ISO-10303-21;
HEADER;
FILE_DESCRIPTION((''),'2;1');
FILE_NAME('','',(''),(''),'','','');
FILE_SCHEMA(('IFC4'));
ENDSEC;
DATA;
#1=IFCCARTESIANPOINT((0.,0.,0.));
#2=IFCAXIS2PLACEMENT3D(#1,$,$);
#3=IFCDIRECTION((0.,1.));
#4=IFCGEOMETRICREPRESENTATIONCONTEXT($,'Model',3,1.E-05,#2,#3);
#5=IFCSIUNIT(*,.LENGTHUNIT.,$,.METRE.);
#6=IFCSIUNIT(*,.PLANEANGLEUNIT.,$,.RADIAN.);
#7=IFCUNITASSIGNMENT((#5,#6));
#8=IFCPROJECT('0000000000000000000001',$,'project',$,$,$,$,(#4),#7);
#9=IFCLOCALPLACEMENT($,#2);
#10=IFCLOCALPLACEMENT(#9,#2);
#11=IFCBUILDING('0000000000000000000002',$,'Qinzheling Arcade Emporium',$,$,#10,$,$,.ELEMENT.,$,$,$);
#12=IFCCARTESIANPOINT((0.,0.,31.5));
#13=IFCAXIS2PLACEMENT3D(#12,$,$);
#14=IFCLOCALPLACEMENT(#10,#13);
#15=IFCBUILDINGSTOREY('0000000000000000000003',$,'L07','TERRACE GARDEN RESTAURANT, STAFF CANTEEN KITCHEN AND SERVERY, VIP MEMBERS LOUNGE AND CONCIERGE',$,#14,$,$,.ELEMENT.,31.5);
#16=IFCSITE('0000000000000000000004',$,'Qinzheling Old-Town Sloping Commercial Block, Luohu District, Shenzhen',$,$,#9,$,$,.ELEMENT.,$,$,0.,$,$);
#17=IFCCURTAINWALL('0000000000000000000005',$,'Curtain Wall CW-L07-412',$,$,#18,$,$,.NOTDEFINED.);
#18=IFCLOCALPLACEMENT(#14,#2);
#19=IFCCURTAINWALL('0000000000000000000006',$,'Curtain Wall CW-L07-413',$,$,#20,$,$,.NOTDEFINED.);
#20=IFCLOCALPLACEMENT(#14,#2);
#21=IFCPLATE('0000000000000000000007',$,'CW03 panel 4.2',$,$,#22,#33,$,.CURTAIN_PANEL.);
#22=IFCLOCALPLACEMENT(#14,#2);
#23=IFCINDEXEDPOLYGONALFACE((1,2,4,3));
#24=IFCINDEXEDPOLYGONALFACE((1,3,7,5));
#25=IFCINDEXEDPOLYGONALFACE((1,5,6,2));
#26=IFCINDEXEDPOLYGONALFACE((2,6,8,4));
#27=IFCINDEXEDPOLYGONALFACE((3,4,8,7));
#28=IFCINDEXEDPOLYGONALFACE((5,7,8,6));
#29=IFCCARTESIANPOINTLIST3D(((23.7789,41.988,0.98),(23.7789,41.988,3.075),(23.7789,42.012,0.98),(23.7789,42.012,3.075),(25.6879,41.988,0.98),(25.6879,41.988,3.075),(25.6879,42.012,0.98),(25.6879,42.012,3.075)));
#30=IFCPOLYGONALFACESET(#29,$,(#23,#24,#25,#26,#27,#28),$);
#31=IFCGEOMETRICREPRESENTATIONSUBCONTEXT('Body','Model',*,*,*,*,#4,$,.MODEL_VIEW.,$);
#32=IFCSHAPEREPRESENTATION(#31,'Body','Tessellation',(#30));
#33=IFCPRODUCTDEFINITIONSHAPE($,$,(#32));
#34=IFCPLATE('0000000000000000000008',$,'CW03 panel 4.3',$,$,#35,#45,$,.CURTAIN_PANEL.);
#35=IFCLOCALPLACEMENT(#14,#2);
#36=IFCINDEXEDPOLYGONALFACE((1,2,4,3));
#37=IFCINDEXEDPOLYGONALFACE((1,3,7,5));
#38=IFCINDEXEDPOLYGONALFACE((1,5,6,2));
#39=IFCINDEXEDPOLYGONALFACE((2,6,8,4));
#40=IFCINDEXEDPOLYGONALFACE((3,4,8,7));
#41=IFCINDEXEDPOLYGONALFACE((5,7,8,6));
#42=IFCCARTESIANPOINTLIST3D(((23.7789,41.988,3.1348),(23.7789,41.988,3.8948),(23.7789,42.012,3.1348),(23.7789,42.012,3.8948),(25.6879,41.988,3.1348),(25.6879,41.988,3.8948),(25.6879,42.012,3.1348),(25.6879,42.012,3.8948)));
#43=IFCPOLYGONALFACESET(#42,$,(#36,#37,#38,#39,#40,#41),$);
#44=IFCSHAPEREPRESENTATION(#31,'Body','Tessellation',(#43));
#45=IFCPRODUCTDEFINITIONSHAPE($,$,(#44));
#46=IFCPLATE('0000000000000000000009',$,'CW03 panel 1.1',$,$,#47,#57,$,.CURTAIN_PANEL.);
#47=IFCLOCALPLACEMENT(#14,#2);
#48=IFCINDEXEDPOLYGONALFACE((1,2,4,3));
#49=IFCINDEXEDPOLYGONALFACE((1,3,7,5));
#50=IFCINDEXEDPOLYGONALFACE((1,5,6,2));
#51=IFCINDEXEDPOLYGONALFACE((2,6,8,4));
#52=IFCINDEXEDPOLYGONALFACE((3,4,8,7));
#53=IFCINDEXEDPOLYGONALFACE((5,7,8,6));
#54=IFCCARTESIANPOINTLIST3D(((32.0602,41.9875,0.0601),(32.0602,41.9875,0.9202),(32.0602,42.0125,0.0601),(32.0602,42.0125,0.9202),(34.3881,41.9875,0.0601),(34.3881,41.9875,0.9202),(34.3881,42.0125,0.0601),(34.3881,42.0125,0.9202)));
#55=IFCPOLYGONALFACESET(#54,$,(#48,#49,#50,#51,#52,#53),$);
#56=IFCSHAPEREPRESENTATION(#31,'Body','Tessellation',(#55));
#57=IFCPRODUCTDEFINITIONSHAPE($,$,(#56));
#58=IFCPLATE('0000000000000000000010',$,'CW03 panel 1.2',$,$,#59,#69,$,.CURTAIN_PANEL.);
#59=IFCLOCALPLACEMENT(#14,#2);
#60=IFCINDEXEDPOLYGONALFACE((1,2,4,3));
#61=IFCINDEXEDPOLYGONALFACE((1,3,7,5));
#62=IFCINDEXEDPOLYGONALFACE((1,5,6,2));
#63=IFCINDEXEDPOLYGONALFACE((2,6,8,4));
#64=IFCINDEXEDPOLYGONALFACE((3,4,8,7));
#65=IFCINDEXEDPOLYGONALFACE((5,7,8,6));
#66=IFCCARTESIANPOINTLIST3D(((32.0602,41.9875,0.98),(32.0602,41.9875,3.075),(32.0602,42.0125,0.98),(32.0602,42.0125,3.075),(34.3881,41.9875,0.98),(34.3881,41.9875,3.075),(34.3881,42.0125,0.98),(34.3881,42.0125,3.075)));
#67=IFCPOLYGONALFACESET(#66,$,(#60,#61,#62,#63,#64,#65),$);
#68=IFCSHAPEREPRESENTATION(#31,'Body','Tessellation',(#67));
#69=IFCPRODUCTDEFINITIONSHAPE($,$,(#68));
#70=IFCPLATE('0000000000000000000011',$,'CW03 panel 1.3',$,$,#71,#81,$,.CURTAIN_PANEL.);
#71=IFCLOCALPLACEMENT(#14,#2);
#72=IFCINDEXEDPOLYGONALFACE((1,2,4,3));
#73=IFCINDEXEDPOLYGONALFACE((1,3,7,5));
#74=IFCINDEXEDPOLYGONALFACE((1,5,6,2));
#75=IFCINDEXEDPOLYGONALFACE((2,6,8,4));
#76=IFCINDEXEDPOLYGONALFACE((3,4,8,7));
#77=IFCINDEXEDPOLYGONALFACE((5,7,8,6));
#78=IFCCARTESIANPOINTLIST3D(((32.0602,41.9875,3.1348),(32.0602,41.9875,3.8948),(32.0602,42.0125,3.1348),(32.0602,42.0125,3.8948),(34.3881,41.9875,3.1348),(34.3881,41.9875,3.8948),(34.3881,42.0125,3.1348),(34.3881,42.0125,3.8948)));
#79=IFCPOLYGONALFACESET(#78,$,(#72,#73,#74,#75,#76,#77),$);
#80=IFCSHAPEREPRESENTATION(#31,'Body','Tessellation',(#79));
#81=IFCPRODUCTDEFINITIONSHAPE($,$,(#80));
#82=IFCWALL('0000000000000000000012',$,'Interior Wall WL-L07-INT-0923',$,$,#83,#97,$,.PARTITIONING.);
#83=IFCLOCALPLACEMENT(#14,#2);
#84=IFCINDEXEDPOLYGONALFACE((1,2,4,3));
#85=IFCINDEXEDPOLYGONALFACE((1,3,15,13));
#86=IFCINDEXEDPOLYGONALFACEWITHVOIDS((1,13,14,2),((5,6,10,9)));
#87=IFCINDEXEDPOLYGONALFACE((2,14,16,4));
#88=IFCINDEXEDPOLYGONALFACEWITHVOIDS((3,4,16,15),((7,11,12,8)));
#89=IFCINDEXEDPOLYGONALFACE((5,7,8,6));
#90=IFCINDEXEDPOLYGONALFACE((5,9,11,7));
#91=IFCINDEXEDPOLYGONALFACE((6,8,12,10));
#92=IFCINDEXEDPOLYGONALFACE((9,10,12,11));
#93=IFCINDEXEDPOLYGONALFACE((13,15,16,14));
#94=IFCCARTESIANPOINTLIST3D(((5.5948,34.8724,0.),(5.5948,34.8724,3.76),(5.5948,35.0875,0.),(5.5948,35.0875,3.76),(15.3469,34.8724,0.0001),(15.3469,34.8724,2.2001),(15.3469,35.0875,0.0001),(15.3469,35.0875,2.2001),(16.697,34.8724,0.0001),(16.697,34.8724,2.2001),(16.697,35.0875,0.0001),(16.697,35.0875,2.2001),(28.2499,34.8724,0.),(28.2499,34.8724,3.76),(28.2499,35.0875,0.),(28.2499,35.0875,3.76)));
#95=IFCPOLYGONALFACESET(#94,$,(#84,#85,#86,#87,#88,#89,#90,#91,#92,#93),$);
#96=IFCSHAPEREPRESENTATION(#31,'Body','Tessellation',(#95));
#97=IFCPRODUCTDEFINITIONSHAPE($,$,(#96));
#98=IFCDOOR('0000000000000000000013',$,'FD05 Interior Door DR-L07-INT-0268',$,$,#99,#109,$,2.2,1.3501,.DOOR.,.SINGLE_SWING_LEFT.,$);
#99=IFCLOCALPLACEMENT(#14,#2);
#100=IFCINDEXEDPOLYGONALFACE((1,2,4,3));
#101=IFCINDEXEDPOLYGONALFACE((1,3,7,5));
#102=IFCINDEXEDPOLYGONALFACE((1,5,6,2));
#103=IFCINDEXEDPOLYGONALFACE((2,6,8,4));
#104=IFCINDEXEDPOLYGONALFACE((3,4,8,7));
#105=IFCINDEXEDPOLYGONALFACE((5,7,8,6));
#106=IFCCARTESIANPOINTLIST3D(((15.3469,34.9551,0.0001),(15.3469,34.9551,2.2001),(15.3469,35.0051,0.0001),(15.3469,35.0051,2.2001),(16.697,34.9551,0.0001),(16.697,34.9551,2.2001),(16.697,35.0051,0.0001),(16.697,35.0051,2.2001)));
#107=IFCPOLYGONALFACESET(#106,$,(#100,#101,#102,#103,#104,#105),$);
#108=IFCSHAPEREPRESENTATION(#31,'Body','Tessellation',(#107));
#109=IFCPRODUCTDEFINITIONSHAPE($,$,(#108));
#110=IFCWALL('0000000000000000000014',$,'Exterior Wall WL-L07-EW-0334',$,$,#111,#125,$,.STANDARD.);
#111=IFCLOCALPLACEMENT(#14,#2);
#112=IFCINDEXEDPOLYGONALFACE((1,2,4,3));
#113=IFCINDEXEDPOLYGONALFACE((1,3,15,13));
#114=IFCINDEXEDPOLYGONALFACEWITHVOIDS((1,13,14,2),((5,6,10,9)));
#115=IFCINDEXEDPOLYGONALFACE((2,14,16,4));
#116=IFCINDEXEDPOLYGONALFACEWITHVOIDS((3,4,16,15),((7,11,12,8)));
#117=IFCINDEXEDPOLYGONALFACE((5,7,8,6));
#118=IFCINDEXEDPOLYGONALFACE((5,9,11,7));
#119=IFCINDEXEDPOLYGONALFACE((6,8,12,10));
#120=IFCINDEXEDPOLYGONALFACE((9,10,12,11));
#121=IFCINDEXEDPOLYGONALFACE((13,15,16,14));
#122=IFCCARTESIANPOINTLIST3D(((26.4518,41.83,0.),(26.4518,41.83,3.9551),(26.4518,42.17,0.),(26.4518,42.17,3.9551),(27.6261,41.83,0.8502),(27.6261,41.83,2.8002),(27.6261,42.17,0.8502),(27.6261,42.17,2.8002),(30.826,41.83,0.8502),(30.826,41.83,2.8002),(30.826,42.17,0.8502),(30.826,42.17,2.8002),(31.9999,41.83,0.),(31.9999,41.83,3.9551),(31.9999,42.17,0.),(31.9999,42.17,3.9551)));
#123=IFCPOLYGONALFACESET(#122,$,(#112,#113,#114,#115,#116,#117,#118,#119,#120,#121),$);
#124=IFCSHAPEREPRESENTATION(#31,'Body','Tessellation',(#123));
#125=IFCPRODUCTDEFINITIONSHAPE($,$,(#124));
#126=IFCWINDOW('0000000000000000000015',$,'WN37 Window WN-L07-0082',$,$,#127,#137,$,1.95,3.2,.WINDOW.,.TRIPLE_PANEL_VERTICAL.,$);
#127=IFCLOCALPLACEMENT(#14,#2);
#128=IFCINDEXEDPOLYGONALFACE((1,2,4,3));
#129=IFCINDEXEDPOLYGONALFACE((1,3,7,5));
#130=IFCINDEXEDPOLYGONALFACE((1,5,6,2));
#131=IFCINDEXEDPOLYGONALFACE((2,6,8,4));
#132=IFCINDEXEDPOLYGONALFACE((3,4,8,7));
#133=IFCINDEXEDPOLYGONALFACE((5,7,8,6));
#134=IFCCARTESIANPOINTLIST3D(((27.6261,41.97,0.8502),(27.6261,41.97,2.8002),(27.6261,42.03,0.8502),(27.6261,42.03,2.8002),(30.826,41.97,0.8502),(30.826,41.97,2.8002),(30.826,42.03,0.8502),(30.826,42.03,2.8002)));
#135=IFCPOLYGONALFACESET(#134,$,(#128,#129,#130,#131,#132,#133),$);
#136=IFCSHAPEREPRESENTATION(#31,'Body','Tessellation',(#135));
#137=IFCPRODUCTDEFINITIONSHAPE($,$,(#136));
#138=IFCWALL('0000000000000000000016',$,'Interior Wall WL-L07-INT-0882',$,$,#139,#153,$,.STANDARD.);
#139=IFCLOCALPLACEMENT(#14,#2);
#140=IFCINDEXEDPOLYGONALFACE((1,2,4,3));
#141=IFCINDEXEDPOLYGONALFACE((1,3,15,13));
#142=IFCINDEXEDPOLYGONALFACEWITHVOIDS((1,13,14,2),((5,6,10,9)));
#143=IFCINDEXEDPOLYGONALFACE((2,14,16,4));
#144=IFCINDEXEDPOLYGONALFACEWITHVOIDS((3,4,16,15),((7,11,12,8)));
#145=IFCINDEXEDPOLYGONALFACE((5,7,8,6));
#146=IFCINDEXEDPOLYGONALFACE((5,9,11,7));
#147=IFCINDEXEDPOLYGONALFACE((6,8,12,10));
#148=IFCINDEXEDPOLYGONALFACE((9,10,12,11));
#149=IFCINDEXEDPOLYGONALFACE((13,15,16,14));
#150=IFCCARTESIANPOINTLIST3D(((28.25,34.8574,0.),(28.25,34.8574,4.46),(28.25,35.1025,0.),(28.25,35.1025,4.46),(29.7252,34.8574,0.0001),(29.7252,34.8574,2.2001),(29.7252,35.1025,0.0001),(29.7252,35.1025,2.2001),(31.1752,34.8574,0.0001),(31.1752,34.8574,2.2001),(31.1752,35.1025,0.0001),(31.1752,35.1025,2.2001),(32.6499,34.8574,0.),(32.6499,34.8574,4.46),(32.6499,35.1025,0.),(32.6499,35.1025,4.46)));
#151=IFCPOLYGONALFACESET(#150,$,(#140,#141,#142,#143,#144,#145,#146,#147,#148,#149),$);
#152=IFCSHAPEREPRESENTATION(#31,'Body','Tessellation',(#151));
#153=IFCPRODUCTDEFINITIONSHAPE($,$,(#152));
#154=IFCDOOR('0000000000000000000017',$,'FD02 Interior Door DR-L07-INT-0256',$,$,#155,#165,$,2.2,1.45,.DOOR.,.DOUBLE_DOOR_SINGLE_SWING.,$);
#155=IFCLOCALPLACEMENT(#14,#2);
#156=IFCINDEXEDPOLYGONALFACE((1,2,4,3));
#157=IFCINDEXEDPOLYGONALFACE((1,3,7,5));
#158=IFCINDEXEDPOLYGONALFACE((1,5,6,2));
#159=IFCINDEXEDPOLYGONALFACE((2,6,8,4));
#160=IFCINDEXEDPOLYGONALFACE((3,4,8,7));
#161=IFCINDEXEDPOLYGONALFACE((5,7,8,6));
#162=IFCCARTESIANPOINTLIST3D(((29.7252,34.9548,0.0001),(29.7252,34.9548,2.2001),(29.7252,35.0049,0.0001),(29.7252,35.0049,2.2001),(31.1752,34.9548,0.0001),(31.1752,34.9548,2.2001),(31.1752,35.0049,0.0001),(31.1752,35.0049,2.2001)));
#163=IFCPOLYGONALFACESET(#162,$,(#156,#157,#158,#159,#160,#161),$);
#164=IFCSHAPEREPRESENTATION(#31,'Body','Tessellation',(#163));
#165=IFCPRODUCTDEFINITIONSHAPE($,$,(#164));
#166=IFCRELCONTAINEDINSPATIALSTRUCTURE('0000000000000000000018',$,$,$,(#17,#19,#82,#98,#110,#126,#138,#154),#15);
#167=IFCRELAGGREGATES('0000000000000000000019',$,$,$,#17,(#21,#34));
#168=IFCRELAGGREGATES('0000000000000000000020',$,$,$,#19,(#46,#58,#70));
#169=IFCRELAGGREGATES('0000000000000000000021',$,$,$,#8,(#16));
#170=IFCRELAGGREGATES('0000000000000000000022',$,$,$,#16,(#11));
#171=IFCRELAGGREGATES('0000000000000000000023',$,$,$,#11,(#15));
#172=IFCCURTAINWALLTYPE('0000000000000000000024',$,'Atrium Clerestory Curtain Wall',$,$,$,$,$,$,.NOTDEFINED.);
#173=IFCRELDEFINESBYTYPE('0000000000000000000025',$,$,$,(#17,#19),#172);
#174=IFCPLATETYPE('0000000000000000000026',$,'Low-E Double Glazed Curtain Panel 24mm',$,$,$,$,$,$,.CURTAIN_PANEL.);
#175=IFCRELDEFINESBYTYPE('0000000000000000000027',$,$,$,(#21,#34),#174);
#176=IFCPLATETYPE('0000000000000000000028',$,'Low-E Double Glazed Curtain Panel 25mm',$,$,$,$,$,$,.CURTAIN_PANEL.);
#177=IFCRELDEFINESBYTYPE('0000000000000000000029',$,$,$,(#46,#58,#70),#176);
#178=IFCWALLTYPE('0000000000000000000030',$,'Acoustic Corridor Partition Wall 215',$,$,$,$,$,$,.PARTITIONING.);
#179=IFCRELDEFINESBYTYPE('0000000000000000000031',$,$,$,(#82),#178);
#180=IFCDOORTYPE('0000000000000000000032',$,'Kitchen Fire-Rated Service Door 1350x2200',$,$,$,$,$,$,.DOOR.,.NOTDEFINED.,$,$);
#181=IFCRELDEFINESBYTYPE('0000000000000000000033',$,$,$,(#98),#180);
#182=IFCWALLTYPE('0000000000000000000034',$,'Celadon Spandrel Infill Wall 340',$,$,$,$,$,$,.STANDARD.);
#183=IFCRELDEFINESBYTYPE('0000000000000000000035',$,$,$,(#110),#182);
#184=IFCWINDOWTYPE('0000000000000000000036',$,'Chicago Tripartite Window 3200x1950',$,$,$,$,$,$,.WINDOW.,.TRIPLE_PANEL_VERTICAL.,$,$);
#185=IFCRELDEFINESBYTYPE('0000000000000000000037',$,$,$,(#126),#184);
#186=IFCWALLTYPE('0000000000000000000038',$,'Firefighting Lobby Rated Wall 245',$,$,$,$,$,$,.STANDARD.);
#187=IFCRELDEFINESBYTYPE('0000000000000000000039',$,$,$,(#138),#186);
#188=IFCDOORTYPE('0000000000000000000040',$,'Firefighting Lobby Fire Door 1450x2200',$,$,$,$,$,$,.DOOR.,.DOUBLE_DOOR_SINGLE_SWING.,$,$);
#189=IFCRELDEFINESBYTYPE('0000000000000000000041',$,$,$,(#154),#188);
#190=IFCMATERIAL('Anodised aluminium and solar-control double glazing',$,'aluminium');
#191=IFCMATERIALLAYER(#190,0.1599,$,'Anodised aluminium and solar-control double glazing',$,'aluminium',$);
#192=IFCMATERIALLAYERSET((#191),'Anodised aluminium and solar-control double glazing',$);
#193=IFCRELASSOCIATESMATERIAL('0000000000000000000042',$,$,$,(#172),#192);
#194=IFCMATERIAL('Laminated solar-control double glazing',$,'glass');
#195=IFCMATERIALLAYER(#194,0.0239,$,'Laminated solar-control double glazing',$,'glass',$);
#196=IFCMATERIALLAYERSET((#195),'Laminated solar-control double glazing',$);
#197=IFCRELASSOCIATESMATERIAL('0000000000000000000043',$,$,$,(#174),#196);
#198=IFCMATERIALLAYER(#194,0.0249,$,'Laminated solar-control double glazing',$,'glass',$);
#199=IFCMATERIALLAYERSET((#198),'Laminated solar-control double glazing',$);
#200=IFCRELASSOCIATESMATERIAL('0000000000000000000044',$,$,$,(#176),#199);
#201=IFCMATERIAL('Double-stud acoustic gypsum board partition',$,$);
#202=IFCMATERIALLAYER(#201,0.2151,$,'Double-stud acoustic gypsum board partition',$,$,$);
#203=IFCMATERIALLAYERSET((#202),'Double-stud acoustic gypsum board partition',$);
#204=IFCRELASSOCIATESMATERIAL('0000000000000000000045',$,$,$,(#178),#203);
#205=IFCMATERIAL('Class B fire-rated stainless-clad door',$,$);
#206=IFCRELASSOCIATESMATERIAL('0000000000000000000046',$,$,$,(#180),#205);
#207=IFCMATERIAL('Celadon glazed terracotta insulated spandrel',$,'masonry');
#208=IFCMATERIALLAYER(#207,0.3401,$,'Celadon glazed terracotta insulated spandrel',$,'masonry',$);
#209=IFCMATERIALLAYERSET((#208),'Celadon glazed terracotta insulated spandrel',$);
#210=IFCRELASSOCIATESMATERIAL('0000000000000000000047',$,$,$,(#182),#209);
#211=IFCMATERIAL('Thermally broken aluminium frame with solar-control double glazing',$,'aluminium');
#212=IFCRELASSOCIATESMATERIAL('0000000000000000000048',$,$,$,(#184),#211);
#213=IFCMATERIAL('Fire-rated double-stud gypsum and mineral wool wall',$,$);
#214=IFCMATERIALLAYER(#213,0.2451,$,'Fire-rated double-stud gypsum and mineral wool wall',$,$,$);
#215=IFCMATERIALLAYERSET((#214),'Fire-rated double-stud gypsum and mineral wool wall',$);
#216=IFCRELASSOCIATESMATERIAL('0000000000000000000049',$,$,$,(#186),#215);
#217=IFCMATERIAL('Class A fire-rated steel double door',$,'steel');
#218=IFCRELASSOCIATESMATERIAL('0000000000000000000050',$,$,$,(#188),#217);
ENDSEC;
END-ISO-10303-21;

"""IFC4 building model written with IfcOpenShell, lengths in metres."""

from ifc_helpers import new_model, si_unit, direction, frame, frame_2d, origin, origin_2d, place, context, subcontext, project, spatial, rectangle, extrude, material, layer, layer_set, type_object, element, fill, aggregate, save


model = new_model("IFC4")

# Units and contexts
model_context = context("Model", 3, precision=1e-05, world=origin(), true_north=direction((0.0, 1.0)))
body_context = subcontext(model_context, "Body", "Model", "MODEL_VIEW")
ifc_project = project(units=[si_unit("LENGTHUNIT", "METRE"), si_unit("PLANEANGLEUNIT", "RADIAN")], contexts=[model_context])

# Site, building, storey
site_placement = place(None, origin())
site = spatial("IfcSite", under=ifc_project, at=site_placement, Name="Qinzheling Old-Town Sloping Commercial Block, Luohu District, Shenzhen", CompositionType="ELEMENT", RefElevation=0.0)
building_placement = place(site_placement, origin())
building = spatial("IfcBuilding", under=site, at=building_placement, Name="Qinzheling Arcade Emporium", CompositionType="ELEMENT")
storey_placement = place(building_placement, frame((0.0, 0.0, 31.5)))
storey = spatial("IfcBuildingStorey", under=building, at=storey_placement, Name="L07", Description="TERRACE GARDEN RESTAURANT, STAFF CANTEEN KITCHEN AND SERVERY, VIP MEMBERS LOUNGE AND CONCIERGE", CompositionType="ELEMENT", Elevation=31.5)

# Curtain wall
ifc_material_1 = material(Name="Anodised aluminium and solar-control double glazing", Category="aluminium")
ifc_layer_1 = layer(ifc_material_1, 0.1599, Name="Anodised aluminium and solar-control double glazing", Category="aluminium")
ifc_layer_set_1 = layer_set([ifc_layer_1], Name="Anodised aluminium and solar-control double glazing")
curtain_wall_type = type_object("IfcCurtainWallType", Name="Atrium Clerestory Curtain Wall", PredefinedType="NOTDEFINED", material=ifc_layer_set_1)
curtain_wall_1_placement = place(storey_placement, origin())
curtain_wall_1 = element("IfcCurtainWall", 1, at=curtain_wall_1_placement, inside=storey, type_object=curtain_wall_type, Name="Curtain Wall CW-L07-412", PredefinedType="NOTDEFINED")

# Curtain wall
curtain_wall_2_placement = place(storey_placement, origin())
curtain_wall_2 = element("IfcCurtainWall", 2, at=curtain_wall_2_placement, inside=storey, type_object=curtain_wall_type, Name="Curtain Wall CW-L07-413", PredefinedType="NOTDEFINED")

# Plates
ifc_material_2 = material(Name="Laminated solar-control double glazing", Category="glass")
ifc_layer_2 = layer(ifc_material_2, 0.0239, Name="Laminated solar-control double glazing", Category="glass")
ifc_layer_set_2 = layer_set([ifc_layer_2], Name="Laminated solar-control double glazing")
plate_type_1 = type_object("IfcPlateType", Name="Low-E Double Glazed Curtain Panel 24mm", PredefinedType="CURTAIN_PANEL", material=ifc_layer_set_2)
plate_1_placement = place(storey_placement, frame((24.7334, 42.0, 0.98), z_axis=(0.0, 0.0, 1.0), x_axis=(1.0, 0.0, 0.0)))
plate_1 = element("IfcPlate", 3, at=plate_1_placement, type_object=plate_type_1, Name="CW03 panel 4.2", PredefinedType="CURTAIN_PANEL", context=body_context, shape_type="SweptSolid", body=[
    extrude(rectangle(XDim=1.9089, YDim=0.0239, at=origin_2d()), origin(), (0.0, 0.0, 1.0), 2.095),
])
plate_2_placement = place(storey_placement, frame((24.7334, 42.0, 3.1348), z_axis=(0.0, 0.0, 1.0), x_axis=(1.0, 0.0, 0.0)))
plate_2 = element("IfcPlate", 4, at=plate_2_placement, type_object=plate_type_1, Name="CW03 panel 4.3", PredefinedType="CURTAIN_PANEL", context=body_context, shape_type="SweptSolid", body=[
    extrude(rectangle(XDim=1.9089, YDim=0.0239, at=origin_2d()), origin(), (0.0, 0.0, 1.0), 0.76),
])
aggregate(curtain_wall_1, [plate_1, plate_2])
ifc_layer_3 = layer(ifc_material_2, 0.0249, Name="Laminated solar-control double glazing", Category="glass")
ifc_layer_set_3 = layer_set([ifc_layer_3], Name="Laminated solar-control double glazing")
plate_type_2 = type_object("IfcPlateType", Name="Low-E Double Glazed Curtain Panel 25mm", PredefinedType="CURTAIN_PANEL", material=ifc_layer_set_3)
plate_3_placement = place(storey_placement, frame((33.2241, 42.0, 0.0601), z_axis=(0.0, 0.0, 1.0), x_axis=(1.0, 0.0, 0.0)))
plate_3 = element("IfcPlate", 5, at=plate_3_placement, type_object=plate_type_2, Name="CW03 panel 1.1", PredefinedType="CURTAIN_PANEL", context=body_context, shape_type="SweptSolid", body=[
    extrude(rectangle(XDim=2.3279, YDim=0.0249, at=origin_2d()), origin(), (0.0, 0.0, 1.0), 0.8601),
])
plate_4_placement = place(storey_placement, frame((33.2241, 42.0, 0.98), z_axis=(0.0, 0.0, 1.0), x_axis=(1.0, 0.0, 0.0)))
plate_4 = element("IfcPlate", 6, at=plate_4_placement, type_object=plate_type_2, Name="CW03 panel 1.2", PredefinedType="CURTAIN_PANEL", context=body_context, shape_type="SweptSolid", body=[
    extrude(rectangle(XDim=2.3279, YDim=0.0249, at=origin_2d()), origin(), (0.0, 0.0, 1.0), 2.095),
])
plate_5_placement = place(storey_placement, frame((33.2241, 42.0, 3.1348), z_axis=(0.0, 0.0, 1.0), x_axis=(1.0, 0.0, 0.0)))
plate_5 = element("IfcPlate", 7, at=plate_5_placement, type_object=plate_type_2, Name="CW03 panel 1.3", PredefinedType="CURTAIN_PANEL", context=body_context, shape_type="SweptSolid", body=[
    extrude(rectangle(XDim=2.3279, YDim=0.0249, at=origin_2d()), origin(), (0.0, 0.0, 1.0), 0.76),
])
aggregate(curtain_wall_2, [plate_3, plate_4, plate_5])

# Wall, opening, door
ifc_material_3 = material(Name="Double-stud acoustic gypsum board partition")
ifc_layer_4 = layer(ifc_material_3, 0.2151, Name="Double-stud acoustic gypsum board partition")
ifc_layer_set_4 = layer_set([ifc_layer_4], Name="Double-stud acoustic gypsum board partition")
wall_type_1 = type_object("IfcWallType", Name="Acoustic Corridor Partition Wall 215", PredefinedType="PARTITIONING", material=ifc_layer_set_4)
wall_1_placement = place(storey_placement, frame((28.25, 34.98, 0.0), z_axis=(0.0, 0.0, 1.0), x_axis=(-1.0, 0.0, 0.0)))
wall_1 = element("IfcWall", 8, at=wall_1_placement, inside=storey, type_object=wall_type_1, Name="Interior Wall WL-L07-INT-0923", PredefinedType="PARTITIONING", context=body_context, shape_type="SweptSolid", body=[
    extrude(rectangle(XDim=22.655, YDim=0.2151, at=frame_2d((11.3276, 0.0))), origin(), (0.0, 0.0, 1.0), 3.76),
])
opening_1_placement = place(wall_1_placement, frame((11.553, 0.0, 0.0)))
opening_1 = element("IfcOpeningElement", 9, at=opening_1_placement, cuts=wall_1, PredefinedType="OPENING", context=body_context, shape_type="SweptSolid", body=[
    extrude(rectangle(XDim=1.3501, YDim=2.2, at=frame_2d((0.675, 1.1001))), frame((0.0, 0.1177, 0.0), z_axis=(0.0, -1.0, 0.0), x_axis=(1.0, 0.0, 0.0)), (0.0, 0.0, 1.0), 0.2351),
])
ifc_material_4 = material(Name="Class B fire-rated stainless-clad door")
door_type_1 = type_object("IfcDoorType", Name="Kitchen Fire-Rated Service Door 1350x2200", OperationType="NOTDEFINED", PredefinedType="DOOR", material=ifc_material_4)
door_1_placement = place(opening_1_placement, origin())
door_1 = element("IfcDoor", 10, at=door_1_placement, inside=storey, type_object=door_type_1, Name="FD05 Interior Door DR-L07-INT-0268", OperationType="SINGLE_SWING_LEFT", OverallHeight=2.2, OverallWidth=1.3501, PredefinedType="DOOR", context=body_context, shape_type="SweptSolid", body=[
    extrude(rectangle(XDim=1.3501, YDim=2.2, at=frame_2d((0.675, 1.1001))), frame((0.0, 0.0249, 0.0), z_axis=(0.0, -1.0, 0.0), x_axis=(1.0, 0.0, 0.0)), (0.0, 0.0, 1.0), 0.05),
])
fill(opening_1, door_1)

# Wall, opening, window
ifc_material_5 = material(Name="Celadon glazed terracotta insulated spandrel", Category="masonry")
ifc_layer_5 = layer(ifc_material_5, 0.3401, Name="Celadon glazed terracotta insulated spandrel", Category="masonry")
ifc_layer_set_5 = layer_set([ifc_layer_5], Name="Celadon glazed terracotta insulated spandrel")
wall_type_2 = type_object("IfcWallType", Name="Celadon Spandrel Infill Wall 340", PredefinedType="STANDARD", material=ifc_layer_set_5)
wall_2_placement = place(storey_placement, frame((26.4519, 42.0, 0.0), z_axis=(0.0, 0.0, 1.0), x_axis=(1.0, 0.0, 0.0)))
wall_2 = element("IfcWall", 11, at=wall_2_placement, inside=storey, type_object=wall_type_2, Name="Exterior Wall WL-L07-EW-0334", PredefinedType="STANDARD", context=body_context, shape_type="SweptSolid", body=[
    extrude(rectangle(XDim=5.5481, YDim=0.3401, at=frame_2d((2.7739, 0.0))), origin(), (0.0, 0.0, 1.0), 3.9551),
])
opening_2_placement = place(wall_2_placement, frame((1.1741, 0.0, 0.8501)))
opening_2 = element("IfcOpeningElement", 12, at=opening_2_placement, cuts=wall_2, PredefinedType="OPENING", context=body_context, shape_type="SweptSolid", body=[
    extrude(rectangle(XDim=3.2, YDim=1.95, at=frame_2d((1.6001, 0.9751))), frame((0.0, 0.1802, 0.0), z_axis=(0.0, -1.0, 0.0), x_axis=(1.0, 0.0, 0.0)), (0.0, 0.0, 1.0), 0.3601),
])
ifc_material_6 = material(Name="Thermally broken aluminium frame with solar-control double glazing", Category="aluminium")
window_type = type_object("IfcWindowType", Name="Chicago Tripartite Window 3200x1950", PartitioningType="TRIPLE_PANEL_VERTICAL", PredefinedType="WINDOW", material=ifc_material_6)
window_placement = place(opening_2_placement, origin())
window = element("IfcWindow", 13, at=window_placement, inside=storey, type_object=window_type, Name="WN37 Window WN-L07-0082", OverallHeight=1.95, OverallWidth=3.2, PartitioningType="TRIPLE_PANEL_VERTICAL", PredefinedType="WINDOW", context=body_context, shape_type="SweptSolid", body=[
    extrude(rectangle(XDim=3.2, YDim=1.95, at=frame_2d((1.6001, 0.9751))), frame((0.0, 0.03, 0.0), z_axis=(0.0, -1.0, 0.0), x_axis=(1.0, 0.0, 0.0)), (0.0, 0.0, 1.0), 0.0601),
])
fill(opening_2, window)

# Wall, opening, door
ifc_material_7 = material(Name="Fire-rated double-stud gypsum and mineral wool wall")
ifc_layer_6 = layer(ifc_material_7, 0.2451, Name="Fire-rated double-stud gypsum and mineral wool wall")
ifc_layer_set_6 = layer_set([ifc_layer_6], Name="Fire-rated double-stud gypsum and mineral wool wall")
wall_type_3 = type_object("IfcWallType", Name="Firefighting Lobby Rated Wall 245", PredefinedType="STANDARD", material=ifc_layer_set_6)
wall_3_placement = place(storey_placement, frame((28.25, 34.98, 0.0), z_axis=(0.0, 0.0, 1.0), x_axis=(1.0, 0.0, 0.0)))
wall_3 = element("IfcWall", 14, at=wall_3_placement, inside=storey, type_object=wall_type_3, Name="Interior Wall WL-L07-INT-0882", PredefinedType="STANDARD", context=body_context, shape_type="SweptSolid", body=[
    extrude(rectangle(XDim=4.3999, YDim=0.2451, at=frame_2d((2.2, 0.0))), origin(), (0.0, 0.0, 1.0), 4.46),
])
opening_3_placement = place(wall_3_placement, frame((1.4751, 0.0, 0.0)))
opening_3 = element("IfcOpeningElement", 15, at=opening_3_placement, cuts=wall_3, PredefinedType="OPENING", context=body_context, shape_type="SweptSolid", body=[
    extrude(rectangle(XDim=1.45, YDim=2.2, at=frame_2d((0.7251, 1.1001))), frame((0.0, 0.1326, 0.0), z_axis=(0.0, -1.0, 0.0), x_axis=(1.0, 0.0, 0.0)), (0.0, 0.0, 1.0), 0.2651),
])
ifc_material_8 = material(Name="Class A fire-rated steel double door", Category="steel")
door_type_2 = type_object("IfcDoorType", Name="Firefighting Lobby Fire Door 1450x2200", OperationType="DOUBLE_DOOR_SINGLE_SWING", PredefinedType="DOOR", material=ifc_material_8)
door_2_placement = place(opening_3_placement, origin())
door_2 = element("IfcDoor", 16, at=door_2_placement, inside=storey, type_object=door_type_2, Name="FD02 Interior Door DR-L07-INT-0256", OperationType="DOUBLE_DOOR_SINGLE_SWING", OverallHeight=2.2, OverallWidth=1.45, PredefinedType="DOOR", context=body_context, shape_type="SweptSolid", body=[
    extrude(rectangle(XDim=1.45, YDim=2.2, at=frame_2d((0.7251, 1.1001))), frame((0.0, 0.0249, 0.0), z_axis=(0.0, -1.0, 0.0), x_axis=(1.0, 0.0, 0.0)), (0.0, 0.0, 1.0), 0.05),
])
fill(opening_3, door_2)

save(model, "model.ifc")
